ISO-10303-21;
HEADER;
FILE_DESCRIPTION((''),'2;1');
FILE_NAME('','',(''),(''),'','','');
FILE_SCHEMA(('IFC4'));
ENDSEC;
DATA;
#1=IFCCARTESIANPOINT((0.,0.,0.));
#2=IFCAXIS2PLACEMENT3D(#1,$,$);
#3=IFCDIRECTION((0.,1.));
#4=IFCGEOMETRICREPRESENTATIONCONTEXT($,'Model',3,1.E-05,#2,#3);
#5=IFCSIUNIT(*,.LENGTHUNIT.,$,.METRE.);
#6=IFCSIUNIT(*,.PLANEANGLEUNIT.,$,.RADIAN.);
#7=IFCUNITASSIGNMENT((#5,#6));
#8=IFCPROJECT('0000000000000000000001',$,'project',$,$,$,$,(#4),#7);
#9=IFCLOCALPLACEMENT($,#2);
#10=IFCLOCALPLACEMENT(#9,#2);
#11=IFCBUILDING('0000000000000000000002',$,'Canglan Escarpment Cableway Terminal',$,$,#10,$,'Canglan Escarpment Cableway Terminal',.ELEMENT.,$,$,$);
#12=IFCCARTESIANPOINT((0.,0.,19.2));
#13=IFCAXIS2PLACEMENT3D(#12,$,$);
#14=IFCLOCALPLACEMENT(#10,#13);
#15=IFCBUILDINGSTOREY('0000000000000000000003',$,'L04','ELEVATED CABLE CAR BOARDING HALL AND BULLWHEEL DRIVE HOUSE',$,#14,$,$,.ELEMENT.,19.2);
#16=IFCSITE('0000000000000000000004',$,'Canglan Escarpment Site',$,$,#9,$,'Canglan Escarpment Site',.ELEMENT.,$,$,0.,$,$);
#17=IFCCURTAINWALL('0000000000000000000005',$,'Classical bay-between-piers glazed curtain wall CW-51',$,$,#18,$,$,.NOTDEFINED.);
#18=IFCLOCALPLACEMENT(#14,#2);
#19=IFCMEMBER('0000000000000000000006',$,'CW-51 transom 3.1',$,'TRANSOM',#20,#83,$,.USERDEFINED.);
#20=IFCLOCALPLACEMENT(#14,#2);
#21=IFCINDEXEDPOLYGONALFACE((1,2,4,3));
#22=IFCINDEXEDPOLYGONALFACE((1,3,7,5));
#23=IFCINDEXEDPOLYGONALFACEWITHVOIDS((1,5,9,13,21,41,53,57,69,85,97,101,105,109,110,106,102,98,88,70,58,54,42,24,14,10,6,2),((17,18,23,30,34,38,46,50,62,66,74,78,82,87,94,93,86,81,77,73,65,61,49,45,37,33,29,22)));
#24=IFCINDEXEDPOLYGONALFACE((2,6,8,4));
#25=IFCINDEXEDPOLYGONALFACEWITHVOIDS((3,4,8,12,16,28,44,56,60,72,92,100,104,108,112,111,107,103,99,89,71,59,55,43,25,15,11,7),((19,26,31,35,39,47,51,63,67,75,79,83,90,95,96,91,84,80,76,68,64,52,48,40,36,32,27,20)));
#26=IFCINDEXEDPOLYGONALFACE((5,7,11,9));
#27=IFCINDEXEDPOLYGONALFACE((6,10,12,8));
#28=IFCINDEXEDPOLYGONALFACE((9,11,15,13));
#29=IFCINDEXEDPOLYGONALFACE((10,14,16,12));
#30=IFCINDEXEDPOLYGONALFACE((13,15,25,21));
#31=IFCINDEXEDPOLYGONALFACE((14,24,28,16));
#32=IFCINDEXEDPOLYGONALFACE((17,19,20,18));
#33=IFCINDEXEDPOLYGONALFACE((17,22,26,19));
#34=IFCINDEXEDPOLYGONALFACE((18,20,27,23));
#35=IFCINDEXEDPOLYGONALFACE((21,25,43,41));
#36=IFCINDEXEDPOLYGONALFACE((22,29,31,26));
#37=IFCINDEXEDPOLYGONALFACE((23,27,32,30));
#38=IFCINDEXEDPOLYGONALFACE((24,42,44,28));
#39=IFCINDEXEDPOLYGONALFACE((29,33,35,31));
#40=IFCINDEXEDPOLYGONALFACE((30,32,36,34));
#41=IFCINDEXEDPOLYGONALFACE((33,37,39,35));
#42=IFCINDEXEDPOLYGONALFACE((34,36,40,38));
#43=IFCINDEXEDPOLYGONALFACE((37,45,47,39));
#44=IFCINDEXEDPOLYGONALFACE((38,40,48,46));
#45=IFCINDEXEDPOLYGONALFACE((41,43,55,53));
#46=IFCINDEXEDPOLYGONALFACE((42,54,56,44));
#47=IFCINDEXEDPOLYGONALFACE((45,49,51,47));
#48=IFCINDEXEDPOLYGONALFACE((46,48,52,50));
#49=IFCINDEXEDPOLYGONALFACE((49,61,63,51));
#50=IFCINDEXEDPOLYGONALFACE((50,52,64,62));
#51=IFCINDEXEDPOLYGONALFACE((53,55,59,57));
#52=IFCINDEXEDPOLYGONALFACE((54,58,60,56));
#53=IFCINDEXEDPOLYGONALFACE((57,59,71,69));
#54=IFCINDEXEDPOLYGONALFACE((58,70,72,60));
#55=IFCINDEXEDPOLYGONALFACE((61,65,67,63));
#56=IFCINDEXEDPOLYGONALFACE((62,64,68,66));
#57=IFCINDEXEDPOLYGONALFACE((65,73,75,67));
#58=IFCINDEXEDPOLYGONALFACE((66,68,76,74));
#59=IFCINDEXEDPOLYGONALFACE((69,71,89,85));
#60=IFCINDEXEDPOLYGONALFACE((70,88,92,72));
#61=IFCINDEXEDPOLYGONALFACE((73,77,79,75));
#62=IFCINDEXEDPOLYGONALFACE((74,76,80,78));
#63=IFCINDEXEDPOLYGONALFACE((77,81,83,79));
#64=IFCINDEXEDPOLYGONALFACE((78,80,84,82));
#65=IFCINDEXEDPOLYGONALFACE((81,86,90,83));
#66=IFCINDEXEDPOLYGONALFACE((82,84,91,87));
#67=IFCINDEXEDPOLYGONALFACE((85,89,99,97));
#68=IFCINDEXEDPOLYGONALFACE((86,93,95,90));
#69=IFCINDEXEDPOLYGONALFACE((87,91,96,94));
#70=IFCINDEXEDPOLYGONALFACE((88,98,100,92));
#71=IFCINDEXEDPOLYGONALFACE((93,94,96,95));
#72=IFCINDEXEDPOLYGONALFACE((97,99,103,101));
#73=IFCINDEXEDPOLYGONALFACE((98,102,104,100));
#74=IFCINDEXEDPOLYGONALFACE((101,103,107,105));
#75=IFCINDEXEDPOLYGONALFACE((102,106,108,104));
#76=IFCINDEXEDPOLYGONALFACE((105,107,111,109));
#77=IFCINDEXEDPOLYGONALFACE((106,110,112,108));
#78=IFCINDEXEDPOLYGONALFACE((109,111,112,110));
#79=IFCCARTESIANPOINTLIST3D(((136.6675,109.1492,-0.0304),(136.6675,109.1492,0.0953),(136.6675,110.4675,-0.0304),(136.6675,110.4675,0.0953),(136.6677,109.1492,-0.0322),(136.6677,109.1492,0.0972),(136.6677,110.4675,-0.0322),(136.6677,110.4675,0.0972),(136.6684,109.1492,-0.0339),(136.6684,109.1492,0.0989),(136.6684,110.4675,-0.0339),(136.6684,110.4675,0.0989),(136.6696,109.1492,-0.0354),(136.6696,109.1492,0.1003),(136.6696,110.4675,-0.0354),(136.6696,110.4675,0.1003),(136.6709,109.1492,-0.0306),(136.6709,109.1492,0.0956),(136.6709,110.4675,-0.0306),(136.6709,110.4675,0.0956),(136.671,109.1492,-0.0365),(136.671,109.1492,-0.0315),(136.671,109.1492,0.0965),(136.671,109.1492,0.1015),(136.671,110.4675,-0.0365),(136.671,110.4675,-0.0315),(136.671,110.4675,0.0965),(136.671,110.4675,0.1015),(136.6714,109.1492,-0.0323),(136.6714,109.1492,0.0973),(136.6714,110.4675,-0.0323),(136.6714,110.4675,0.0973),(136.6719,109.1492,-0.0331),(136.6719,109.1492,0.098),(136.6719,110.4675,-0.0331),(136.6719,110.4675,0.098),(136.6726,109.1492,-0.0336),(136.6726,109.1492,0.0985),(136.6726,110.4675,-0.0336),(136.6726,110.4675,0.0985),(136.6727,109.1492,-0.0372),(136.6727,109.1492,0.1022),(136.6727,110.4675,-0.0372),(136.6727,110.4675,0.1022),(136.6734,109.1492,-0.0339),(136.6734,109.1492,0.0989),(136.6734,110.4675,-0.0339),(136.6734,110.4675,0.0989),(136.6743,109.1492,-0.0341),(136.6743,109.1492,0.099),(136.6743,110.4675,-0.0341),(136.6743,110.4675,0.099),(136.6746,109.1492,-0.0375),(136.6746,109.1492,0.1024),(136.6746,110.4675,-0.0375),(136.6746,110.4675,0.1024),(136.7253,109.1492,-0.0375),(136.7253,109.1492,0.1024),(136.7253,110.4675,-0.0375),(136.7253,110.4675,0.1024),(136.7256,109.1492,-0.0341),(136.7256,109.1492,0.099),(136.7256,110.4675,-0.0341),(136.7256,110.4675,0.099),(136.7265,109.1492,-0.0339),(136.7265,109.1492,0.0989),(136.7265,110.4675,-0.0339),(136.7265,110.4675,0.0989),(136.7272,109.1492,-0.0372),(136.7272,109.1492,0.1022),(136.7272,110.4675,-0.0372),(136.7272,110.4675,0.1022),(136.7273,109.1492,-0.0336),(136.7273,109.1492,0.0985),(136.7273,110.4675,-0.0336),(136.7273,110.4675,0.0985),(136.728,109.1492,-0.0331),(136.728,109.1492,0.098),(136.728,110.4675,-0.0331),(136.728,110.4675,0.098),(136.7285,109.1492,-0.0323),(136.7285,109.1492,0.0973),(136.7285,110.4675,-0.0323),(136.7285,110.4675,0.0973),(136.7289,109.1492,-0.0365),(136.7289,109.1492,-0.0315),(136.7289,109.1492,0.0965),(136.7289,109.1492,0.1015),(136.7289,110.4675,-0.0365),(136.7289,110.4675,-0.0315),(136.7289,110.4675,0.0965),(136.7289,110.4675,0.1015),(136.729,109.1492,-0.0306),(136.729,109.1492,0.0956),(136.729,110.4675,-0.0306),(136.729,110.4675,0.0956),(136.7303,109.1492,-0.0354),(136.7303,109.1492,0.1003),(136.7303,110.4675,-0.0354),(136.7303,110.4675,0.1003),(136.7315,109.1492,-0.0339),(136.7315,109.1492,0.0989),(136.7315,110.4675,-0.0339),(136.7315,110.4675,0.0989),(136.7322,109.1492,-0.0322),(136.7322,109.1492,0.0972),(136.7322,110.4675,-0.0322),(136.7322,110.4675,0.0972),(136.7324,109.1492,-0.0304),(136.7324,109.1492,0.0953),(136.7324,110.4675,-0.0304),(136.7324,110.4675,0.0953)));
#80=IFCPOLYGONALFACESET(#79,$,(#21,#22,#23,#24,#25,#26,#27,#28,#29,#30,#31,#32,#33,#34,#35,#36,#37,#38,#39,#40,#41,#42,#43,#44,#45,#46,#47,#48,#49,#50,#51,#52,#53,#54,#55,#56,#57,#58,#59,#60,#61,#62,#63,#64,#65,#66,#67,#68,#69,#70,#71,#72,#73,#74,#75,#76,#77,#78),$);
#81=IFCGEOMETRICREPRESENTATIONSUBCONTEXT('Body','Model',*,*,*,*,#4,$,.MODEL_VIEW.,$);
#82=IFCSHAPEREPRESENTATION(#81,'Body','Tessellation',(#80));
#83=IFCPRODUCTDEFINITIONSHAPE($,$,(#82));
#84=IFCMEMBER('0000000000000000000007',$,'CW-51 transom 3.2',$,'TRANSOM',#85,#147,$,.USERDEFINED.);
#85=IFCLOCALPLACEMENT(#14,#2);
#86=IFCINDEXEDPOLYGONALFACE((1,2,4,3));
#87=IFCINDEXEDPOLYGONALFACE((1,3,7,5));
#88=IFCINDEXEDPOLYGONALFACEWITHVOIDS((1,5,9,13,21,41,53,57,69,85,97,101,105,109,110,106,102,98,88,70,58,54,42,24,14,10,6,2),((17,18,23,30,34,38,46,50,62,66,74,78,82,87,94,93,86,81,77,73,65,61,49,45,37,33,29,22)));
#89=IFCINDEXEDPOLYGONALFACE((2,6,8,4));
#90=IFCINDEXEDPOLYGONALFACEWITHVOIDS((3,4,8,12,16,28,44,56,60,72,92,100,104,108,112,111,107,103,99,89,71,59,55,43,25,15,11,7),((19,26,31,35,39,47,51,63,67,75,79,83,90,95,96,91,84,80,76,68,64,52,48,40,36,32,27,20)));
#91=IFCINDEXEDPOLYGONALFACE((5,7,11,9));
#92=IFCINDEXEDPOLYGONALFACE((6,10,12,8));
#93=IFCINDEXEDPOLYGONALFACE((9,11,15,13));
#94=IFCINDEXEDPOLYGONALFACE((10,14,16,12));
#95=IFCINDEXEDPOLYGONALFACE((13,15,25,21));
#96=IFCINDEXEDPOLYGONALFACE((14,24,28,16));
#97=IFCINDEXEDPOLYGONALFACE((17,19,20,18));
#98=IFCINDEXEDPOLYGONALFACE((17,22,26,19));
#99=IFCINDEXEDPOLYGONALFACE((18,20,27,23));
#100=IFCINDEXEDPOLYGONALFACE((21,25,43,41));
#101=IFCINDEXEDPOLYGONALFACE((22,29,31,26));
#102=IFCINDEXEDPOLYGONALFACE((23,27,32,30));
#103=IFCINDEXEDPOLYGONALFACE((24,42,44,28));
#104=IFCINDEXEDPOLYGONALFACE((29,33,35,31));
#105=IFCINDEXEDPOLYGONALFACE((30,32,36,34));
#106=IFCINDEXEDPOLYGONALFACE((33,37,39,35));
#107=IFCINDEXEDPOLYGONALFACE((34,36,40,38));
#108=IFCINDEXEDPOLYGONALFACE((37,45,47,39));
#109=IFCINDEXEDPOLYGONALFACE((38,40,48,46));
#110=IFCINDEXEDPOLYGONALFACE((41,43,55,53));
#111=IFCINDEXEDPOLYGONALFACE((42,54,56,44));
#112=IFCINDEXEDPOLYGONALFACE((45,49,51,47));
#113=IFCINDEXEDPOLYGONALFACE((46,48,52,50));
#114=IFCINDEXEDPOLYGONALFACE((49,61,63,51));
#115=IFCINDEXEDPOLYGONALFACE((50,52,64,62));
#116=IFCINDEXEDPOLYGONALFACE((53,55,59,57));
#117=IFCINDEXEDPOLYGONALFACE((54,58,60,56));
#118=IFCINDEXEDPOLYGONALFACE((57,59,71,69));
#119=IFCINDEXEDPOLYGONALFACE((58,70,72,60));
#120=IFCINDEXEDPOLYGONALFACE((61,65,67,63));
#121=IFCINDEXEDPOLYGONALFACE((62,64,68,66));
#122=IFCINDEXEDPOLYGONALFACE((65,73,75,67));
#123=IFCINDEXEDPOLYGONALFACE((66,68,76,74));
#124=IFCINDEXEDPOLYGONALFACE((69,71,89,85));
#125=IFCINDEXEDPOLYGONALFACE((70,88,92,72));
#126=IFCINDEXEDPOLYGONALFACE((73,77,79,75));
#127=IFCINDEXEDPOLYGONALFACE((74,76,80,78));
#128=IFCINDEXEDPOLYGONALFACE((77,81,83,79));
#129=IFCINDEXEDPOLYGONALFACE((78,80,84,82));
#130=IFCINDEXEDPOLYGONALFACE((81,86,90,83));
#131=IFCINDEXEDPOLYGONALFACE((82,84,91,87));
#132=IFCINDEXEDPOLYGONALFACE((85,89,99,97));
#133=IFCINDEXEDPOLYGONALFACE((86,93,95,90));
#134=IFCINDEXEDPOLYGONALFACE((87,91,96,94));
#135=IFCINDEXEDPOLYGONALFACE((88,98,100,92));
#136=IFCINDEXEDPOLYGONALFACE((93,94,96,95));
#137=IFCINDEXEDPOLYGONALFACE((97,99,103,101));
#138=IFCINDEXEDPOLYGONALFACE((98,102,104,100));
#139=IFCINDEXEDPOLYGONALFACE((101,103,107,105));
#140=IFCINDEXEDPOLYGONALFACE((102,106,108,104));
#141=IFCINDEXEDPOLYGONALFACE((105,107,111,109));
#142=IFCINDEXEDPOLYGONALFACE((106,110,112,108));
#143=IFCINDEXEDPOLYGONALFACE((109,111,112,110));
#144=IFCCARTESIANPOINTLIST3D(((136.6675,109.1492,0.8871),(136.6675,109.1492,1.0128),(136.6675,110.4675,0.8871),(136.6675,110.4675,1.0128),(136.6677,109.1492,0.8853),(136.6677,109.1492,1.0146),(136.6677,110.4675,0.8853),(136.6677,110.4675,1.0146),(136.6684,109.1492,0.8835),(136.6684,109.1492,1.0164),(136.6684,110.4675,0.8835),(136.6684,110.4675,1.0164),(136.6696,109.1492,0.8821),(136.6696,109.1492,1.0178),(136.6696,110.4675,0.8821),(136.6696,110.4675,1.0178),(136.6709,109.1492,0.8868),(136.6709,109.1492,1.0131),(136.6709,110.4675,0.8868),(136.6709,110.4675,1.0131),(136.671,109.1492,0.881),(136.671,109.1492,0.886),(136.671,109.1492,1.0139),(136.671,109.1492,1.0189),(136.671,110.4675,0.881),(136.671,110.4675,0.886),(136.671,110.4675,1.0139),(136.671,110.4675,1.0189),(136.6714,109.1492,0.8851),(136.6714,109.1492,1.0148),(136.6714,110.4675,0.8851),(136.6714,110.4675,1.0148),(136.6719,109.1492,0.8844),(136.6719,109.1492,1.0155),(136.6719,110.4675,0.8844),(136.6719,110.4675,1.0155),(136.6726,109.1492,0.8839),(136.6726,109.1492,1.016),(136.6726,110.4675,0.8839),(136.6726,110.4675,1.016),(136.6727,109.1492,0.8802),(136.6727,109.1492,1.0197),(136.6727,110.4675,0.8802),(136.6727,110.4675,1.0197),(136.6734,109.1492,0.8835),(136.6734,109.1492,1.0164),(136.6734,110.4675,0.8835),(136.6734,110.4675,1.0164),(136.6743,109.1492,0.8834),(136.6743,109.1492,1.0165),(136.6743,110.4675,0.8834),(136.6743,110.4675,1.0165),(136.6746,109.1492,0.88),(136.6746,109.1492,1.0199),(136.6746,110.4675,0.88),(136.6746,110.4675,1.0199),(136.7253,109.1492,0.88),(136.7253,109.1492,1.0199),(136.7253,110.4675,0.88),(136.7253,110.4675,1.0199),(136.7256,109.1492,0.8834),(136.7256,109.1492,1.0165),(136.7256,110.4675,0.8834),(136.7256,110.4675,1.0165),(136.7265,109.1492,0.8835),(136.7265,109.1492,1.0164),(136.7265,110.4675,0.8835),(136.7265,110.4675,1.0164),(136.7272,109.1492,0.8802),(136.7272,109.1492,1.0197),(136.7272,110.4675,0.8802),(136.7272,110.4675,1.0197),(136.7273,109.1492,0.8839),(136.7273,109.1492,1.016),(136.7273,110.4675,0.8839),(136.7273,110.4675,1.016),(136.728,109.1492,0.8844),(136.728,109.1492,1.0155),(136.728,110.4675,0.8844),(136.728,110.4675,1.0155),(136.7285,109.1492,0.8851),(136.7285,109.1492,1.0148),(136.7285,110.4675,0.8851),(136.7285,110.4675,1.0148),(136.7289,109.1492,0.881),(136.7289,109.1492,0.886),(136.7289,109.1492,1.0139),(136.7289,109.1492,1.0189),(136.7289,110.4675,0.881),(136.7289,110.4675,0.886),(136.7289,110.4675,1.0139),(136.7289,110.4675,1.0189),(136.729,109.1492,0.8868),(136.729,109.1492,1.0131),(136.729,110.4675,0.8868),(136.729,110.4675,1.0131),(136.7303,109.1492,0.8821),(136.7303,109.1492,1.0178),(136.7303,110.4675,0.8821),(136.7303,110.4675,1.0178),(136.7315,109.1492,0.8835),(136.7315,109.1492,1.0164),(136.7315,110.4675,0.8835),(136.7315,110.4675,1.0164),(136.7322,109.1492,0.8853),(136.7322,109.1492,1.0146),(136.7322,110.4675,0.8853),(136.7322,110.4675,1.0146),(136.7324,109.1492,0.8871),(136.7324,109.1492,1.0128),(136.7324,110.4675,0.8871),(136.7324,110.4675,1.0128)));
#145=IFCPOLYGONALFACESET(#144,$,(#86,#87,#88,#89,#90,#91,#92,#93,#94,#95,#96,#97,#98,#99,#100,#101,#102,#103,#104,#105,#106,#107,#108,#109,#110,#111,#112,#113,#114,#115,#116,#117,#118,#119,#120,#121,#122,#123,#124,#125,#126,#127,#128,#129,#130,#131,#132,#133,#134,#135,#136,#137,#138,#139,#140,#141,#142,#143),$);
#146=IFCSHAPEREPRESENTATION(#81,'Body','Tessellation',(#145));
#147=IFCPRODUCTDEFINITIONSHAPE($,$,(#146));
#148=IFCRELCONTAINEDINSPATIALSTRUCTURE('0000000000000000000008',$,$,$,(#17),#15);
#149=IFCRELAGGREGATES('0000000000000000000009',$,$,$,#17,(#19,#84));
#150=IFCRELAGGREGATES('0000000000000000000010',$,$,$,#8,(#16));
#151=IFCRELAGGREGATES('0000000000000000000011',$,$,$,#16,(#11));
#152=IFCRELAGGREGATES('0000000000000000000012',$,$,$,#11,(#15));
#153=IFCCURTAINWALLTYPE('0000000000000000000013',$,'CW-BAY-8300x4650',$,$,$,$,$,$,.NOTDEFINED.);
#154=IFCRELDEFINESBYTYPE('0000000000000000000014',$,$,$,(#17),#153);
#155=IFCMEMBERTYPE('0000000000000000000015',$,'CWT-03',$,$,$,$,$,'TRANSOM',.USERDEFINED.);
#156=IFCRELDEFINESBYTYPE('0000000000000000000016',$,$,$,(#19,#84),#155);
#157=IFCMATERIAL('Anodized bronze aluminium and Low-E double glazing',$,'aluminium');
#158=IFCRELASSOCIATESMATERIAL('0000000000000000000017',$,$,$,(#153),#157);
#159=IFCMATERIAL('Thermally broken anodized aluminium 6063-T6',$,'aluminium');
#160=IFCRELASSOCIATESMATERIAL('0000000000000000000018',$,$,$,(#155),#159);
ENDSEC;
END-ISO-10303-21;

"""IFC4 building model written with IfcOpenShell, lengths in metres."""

from ifc_helpers import new_model, si_unit, direction, frame, origin, origin_2d, place, context, subcontext, project, spatial, hollow_rectangle, extrude, material, material_profile, profile_set, type_object, element, aggregate, save


model = new_model("IFC4")

# Units and contexts
model_context = context("Model", 3, precision=1e-05, world=origin(), true_north=direction((0.0, 1.0)))
body_context = subcontext(model_context, "Body", "Model", "MODEL_VIEW")
ifc_project = project(units=[si_unit("LENGTHUNIT", "METRE"), si_unit("PLANEANGLEUNIT", "RADIAN")], contexts=[model_context])

# Site, building, storey
site_placement = place(None, origin())
site = spatial("IfcSite", under=ifc_project, at=site_placement, Name="Canglan Escarpment Site", LongName="Canglan Escarpment Site", CompositionType="ELEMENT", RefElevation=0.0)
building_placement = place(site_placement, origin())
building = spatial("IfcBuilding", under=site, at=building_placement, Name="Canglan Escarpment Cableway Terminal", LongName="Canglan Escarpment Cableway Terminal", CompositionType="ELEMENT")
storey_placement = place(building_placement, frame((0.0, 0.0, 19.2)))
storey = spatial("IfcBuildingStorey", under=building, at=storey_placement, Name="L04", Description="ELEVATED CABLE CAR BOARDING HALL AND BULLWHEEL DRIVE HOUSE", CompositionType="ELEMENT", Elevation=19.2)

# Curtain wall, members
ifc_material_1 = material(Name="Anodized bronze aluminium and Low-E double glazing", Category="aluminium")
ifc_material_2 = material(Name="Thermally broken anodized aluminium 6063-T6", Category="aluminium")
curtain_wall_type_1 = type_object("IfcCurtainWallType", Name="CW-BAY-8300x4650", PredefinedType="NOTDEFINED", material=ifc_material_1)
curtain_wall_1_placement = place(storey_placement, origin())
curtain_wall_1 = element("IfcCurtainWall", 1, at=curtain_wall_1_placement, inside=storey, type_object=curtain_wall_type_1, Name="Classical bay-between-piers glazed curtain wall CW-51", PredefinedType="NOTDEFINED")
ifc_material_profile_1 = material_profile(ifc_material_2, hollow_rectangle(XDim=0.0649, YDim=0.1399, WallThickness=0.0034, InnerFilletRadius=0.0034, OuterFilletRadius=0.0071, at=origin_2d()), Name="ALU-TRAN 65x140x3.5")
ifc_profile_set_1 = profile_set([ifc_material_profile_1], Name="Thermally broken anodized aluminium 6063-T6")
member_type_1 = type_object("IfcMemberType", Name="CWT-03", ElementType="TRANSOM", PredefinedType="USERDEFINED", material=ifc_profile_set_1)
member_1_placement = place(storey_placement, frame((136.7, 109.1492, 0.0325), z_axis=(0.0, 1.0, 0.0), x_axis=(-1.0, 0.0, 0.0)))
member_1 = element("IfcMember", 2, at=member_1_placement, type_object=member_type_1, Name="CW-51 transom 3.1", ObjectType="TRANSOM", PredefinedType="USERDEFINED", context=body_context, shape_type="SweptSolid", body=[
    extrude(hollow_rectangle(XDim=0.0649, YDim=0.1399, WallThickness=0.0034, InnerFilletRadius=0.0034, OuterFilletRadius=0.0071, at=origin_2d()), origin(), (0.0, 0.0, 1.0), 1.3184),
])
member_2_placement = place(storey_placement, frame((136.7, 109.1492, 0.95), z_axis=(0.0, 1.0, 0.0), x_axis=(-1.0, 0.0, 0.0)))
member_2 = element("IfcMember", 3, at=member_2_placement, type_object=member_type_1, Name="CW-51 transom 3.2", ObjectType="TRANSOM", PredefinedType="USERDEFINED", context=body_context, shape_type="SweptSolid", body=[
    extrude(hollow_rectangle(XDim=0.0649, YDim=0.1399, WallThickness=0.0034, InnerFilletRadius=0.0034, OuterFilletRadius=0.0071, at=origin_2d()), origin(), (0.0, 0.0, 1.0), 1.3184),
])

aggregate(curtain_wall_1, [member_1, member_2])

save(model, "model.ifc")
